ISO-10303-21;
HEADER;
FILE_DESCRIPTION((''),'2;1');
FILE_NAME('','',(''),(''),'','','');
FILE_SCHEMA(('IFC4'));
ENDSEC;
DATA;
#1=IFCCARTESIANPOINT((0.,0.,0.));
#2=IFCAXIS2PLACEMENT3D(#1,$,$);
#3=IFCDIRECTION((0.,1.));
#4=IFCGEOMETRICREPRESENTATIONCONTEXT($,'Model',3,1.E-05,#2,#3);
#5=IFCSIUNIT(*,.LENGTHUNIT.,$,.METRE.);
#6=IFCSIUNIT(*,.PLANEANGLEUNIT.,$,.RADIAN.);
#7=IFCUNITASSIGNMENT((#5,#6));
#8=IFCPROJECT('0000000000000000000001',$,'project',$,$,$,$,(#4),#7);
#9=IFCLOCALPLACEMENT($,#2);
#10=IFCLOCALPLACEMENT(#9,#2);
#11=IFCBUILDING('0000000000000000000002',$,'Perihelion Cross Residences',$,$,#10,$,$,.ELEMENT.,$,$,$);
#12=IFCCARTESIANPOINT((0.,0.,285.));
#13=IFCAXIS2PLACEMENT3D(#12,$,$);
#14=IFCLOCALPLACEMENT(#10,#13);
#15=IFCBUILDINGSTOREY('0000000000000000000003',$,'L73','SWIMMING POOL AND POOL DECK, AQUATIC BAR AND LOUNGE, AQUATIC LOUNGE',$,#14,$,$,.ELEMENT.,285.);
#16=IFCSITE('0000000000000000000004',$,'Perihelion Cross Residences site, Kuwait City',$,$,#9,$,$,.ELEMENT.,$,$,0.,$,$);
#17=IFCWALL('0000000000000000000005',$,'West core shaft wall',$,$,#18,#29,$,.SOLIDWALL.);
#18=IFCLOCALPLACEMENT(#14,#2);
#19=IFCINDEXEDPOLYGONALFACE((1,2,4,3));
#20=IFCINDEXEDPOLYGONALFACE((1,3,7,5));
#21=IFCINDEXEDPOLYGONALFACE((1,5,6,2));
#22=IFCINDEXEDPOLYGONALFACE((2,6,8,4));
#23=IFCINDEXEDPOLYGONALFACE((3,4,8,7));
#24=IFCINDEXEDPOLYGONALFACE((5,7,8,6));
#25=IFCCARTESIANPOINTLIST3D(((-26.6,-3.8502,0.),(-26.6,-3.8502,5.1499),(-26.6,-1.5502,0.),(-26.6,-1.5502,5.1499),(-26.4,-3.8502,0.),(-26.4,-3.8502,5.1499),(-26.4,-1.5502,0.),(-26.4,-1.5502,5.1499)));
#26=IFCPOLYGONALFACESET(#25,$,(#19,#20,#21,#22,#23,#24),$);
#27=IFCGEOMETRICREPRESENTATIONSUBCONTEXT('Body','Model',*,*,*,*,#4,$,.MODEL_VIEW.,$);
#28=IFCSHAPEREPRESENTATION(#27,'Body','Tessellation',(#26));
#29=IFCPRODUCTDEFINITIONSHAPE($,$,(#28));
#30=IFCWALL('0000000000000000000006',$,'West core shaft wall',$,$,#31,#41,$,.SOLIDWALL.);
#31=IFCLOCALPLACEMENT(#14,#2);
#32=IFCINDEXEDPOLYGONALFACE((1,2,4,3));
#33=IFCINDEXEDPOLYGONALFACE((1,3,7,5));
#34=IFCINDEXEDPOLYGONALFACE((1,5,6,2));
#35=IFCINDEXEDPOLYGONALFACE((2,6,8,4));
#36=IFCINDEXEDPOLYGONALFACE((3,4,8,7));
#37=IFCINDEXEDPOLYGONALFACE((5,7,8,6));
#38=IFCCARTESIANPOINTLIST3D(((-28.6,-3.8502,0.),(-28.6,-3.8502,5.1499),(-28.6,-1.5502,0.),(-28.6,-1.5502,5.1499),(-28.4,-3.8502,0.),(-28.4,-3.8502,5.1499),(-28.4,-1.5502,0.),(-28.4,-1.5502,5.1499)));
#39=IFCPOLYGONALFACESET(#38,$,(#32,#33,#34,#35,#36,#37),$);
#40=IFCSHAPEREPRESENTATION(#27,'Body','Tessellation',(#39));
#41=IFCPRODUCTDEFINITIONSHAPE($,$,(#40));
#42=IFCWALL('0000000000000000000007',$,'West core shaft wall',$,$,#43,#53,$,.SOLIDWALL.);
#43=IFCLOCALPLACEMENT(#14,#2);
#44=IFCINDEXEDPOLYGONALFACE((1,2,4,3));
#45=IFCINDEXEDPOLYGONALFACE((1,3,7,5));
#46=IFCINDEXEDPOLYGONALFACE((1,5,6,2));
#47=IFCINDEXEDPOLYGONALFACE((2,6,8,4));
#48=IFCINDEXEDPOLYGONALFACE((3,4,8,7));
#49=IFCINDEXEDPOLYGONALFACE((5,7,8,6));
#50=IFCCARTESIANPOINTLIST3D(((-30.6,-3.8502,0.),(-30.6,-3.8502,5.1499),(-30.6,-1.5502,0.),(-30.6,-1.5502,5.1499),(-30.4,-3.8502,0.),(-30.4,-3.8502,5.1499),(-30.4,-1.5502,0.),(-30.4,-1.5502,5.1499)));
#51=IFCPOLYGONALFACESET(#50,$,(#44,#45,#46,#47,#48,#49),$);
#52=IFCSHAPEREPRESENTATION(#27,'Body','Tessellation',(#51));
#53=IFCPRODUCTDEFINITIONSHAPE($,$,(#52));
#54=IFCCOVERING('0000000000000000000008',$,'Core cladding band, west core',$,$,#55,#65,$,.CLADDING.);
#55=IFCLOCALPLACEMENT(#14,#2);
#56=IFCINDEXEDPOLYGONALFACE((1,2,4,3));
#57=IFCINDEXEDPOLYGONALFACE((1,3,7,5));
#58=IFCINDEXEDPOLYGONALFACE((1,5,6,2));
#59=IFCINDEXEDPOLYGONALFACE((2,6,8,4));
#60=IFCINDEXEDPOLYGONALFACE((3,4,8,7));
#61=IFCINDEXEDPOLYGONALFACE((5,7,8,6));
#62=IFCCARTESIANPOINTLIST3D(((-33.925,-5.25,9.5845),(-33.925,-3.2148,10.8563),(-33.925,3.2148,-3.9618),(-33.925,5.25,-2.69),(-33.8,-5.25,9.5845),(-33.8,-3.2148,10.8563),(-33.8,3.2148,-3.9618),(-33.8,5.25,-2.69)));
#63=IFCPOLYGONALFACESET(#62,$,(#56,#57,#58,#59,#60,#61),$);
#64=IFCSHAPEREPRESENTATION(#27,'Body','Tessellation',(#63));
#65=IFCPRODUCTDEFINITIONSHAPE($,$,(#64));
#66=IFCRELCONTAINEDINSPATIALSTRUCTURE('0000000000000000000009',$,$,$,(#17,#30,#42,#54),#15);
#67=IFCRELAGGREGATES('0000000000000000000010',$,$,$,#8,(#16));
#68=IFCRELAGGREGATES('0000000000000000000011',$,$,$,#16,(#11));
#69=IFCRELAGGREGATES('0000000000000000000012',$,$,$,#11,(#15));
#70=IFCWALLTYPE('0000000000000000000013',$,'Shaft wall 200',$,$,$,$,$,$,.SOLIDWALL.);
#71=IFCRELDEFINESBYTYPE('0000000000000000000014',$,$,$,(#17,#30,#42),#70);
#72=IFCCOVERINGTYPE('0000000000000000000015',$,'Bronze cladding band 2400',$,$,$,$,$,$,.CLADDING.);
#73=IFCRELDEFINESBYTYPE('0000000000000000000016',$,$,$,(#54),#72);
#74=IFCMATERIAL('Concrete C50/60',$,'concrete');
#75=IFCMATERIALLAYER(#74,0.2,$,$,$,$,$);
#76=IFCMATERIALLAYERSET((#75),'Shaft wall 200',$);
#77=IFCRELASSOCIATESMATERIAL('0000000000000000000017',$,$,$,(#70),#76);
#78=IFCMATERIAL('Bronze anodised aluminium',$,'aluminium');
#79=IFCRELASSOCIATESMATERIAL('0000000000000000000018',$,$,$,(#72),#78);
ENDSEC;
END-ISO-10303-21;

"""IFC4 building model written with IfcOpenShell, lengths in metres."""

from ifc_helpers import new_model, si_unit, direction, frame, frame_2d, origin, origin_2d, place, context, subcontext, project, spatial, rectangle, extrude, material, layer, layer_set, material_profile, profile_set, type_object, element, save


model = new_model("IFC4")

# Units and contexts
model_context = context("Model", 3, precision=1e-05, world=origin(), true_north=direction((0.0, 1.0)))
body_context = subcontext(model_context, "Body", "Model", "MODEL_VIEW")
ifc_project = project(units=[si_unit("LENGTHUNIT", "METRE"), si_unit("PLANEANGLEUNIT", "RADIAN")], contexts=[model_context])

# Site, building, storey
site_placement = place(None, origin())
site = spatial("IfcSite", under=ifc_project, at=site_placement, Name="Perihelion Cross Residences site, Kuwait City", CompositionType="ELEMENT", RefElevation=0.0)
building_placement = place(site_placement, origin())
building = spatial("IfcBuilding", under=site, at=building_placement, Name="Perihelion Cross Residences", CompositionType="ELEMENT")
storey_placement = place(building_placement, frame((0.0, 0.0, 285.0)))
storey = spatial("IfcBuildingStorey", under=building, at=storey_placement, Name="L73", Description="SWIMMING POOL AND POOL DECK, AQUATIC BAR AND LOUNGE, AQUATIC LOUNGE", CompositionType="ELEMENT", Elevation=285.0)

# Shared definitions
ifc_material_1 = material(Name="Concrete C50/60", Category="concrete")
ifc_layer_1 = layer(ifc_material_1, 0.2)
ifc_layer_set_1 = layer_set([ifc_layer_1], Name="Shaft wall 200")
wall_type_1 = type_object("IfcWallType", Name="Shaft wall 200", PredefinedType="SOLIDWALL", material=ifc_layer_set_1)

# Walls
for number, where, z_axis, x_axis, name in (
    (1, (-26.5, -3.8501, 0.0), (0.0, 0.0, 1.0), (0.0, 1.0, 0.0), "West core shaft wall"),
    (2, (-28.5, -3.8501, 0.0), (0.0, 0.0, 1.0), (0.0, 1.0, 0.0), "West core shaft wall"),
    (3, (-30.5, -3.8501, 0.0), (0.0, 0.0, 1.0), (0.0, 1.0, 0.0), "West core shaft wall"),
):
    element("IfcWall", number, at=place(storey_placement, frame(where, z_axis=z_axis, x_axis=x_axis)), inside=storey, type_object=wall_type_1, Name=name, PredefinedType="SOLIDWALL", context=body_context, shape_type="SweptSolid", body=[
        extrude(rectangle(XDim=2.3, YDim=0.2, at=frame_2d((1.1499, 0.0))), origin(), (0.0, 0.0, 1.0), 5.1499),
    ])

# Covering
ifc_material_2 = material(Name="Bronze anodised aluminium", Category="aluminium")
ifc_material_profile = material_profile(ifc_material_2, rectangle(XDim=0.125, YDim=2.3999, at=origin_2d()), Name="Bronze cladding band 2400")
ifc_profile_set = profile_set([ifc_material_profile], Name="Bronze anodised aluminium")
covering_type = type_object("IfcCoveringType", Name="Bronze cladding band 2400", PredefinedType="CLADDING", material=ifc_profile_set)
covering_placement = place(storey_placement, frame((-33.8625, 4.2324, -3.3259), z_axis=(0.0, -0.529925, 0.848045), x_axis=(1.0, 0.0, 0.0)))
element("IfcCovering", 4, at=covering_placement, inside=storey, type_object=covering_type, Name="Core cladding band, west core", PredefinedType="CLADDING", context=body_context, shape_type="SweptSolid", body=[
    extrude(rectangle(XDim=0.125, YDim=2.3999, at=origin_2d()), origin(), (0.0, 0.0, 1.0), 15.9736),
])

save(model, "model.ifc")
